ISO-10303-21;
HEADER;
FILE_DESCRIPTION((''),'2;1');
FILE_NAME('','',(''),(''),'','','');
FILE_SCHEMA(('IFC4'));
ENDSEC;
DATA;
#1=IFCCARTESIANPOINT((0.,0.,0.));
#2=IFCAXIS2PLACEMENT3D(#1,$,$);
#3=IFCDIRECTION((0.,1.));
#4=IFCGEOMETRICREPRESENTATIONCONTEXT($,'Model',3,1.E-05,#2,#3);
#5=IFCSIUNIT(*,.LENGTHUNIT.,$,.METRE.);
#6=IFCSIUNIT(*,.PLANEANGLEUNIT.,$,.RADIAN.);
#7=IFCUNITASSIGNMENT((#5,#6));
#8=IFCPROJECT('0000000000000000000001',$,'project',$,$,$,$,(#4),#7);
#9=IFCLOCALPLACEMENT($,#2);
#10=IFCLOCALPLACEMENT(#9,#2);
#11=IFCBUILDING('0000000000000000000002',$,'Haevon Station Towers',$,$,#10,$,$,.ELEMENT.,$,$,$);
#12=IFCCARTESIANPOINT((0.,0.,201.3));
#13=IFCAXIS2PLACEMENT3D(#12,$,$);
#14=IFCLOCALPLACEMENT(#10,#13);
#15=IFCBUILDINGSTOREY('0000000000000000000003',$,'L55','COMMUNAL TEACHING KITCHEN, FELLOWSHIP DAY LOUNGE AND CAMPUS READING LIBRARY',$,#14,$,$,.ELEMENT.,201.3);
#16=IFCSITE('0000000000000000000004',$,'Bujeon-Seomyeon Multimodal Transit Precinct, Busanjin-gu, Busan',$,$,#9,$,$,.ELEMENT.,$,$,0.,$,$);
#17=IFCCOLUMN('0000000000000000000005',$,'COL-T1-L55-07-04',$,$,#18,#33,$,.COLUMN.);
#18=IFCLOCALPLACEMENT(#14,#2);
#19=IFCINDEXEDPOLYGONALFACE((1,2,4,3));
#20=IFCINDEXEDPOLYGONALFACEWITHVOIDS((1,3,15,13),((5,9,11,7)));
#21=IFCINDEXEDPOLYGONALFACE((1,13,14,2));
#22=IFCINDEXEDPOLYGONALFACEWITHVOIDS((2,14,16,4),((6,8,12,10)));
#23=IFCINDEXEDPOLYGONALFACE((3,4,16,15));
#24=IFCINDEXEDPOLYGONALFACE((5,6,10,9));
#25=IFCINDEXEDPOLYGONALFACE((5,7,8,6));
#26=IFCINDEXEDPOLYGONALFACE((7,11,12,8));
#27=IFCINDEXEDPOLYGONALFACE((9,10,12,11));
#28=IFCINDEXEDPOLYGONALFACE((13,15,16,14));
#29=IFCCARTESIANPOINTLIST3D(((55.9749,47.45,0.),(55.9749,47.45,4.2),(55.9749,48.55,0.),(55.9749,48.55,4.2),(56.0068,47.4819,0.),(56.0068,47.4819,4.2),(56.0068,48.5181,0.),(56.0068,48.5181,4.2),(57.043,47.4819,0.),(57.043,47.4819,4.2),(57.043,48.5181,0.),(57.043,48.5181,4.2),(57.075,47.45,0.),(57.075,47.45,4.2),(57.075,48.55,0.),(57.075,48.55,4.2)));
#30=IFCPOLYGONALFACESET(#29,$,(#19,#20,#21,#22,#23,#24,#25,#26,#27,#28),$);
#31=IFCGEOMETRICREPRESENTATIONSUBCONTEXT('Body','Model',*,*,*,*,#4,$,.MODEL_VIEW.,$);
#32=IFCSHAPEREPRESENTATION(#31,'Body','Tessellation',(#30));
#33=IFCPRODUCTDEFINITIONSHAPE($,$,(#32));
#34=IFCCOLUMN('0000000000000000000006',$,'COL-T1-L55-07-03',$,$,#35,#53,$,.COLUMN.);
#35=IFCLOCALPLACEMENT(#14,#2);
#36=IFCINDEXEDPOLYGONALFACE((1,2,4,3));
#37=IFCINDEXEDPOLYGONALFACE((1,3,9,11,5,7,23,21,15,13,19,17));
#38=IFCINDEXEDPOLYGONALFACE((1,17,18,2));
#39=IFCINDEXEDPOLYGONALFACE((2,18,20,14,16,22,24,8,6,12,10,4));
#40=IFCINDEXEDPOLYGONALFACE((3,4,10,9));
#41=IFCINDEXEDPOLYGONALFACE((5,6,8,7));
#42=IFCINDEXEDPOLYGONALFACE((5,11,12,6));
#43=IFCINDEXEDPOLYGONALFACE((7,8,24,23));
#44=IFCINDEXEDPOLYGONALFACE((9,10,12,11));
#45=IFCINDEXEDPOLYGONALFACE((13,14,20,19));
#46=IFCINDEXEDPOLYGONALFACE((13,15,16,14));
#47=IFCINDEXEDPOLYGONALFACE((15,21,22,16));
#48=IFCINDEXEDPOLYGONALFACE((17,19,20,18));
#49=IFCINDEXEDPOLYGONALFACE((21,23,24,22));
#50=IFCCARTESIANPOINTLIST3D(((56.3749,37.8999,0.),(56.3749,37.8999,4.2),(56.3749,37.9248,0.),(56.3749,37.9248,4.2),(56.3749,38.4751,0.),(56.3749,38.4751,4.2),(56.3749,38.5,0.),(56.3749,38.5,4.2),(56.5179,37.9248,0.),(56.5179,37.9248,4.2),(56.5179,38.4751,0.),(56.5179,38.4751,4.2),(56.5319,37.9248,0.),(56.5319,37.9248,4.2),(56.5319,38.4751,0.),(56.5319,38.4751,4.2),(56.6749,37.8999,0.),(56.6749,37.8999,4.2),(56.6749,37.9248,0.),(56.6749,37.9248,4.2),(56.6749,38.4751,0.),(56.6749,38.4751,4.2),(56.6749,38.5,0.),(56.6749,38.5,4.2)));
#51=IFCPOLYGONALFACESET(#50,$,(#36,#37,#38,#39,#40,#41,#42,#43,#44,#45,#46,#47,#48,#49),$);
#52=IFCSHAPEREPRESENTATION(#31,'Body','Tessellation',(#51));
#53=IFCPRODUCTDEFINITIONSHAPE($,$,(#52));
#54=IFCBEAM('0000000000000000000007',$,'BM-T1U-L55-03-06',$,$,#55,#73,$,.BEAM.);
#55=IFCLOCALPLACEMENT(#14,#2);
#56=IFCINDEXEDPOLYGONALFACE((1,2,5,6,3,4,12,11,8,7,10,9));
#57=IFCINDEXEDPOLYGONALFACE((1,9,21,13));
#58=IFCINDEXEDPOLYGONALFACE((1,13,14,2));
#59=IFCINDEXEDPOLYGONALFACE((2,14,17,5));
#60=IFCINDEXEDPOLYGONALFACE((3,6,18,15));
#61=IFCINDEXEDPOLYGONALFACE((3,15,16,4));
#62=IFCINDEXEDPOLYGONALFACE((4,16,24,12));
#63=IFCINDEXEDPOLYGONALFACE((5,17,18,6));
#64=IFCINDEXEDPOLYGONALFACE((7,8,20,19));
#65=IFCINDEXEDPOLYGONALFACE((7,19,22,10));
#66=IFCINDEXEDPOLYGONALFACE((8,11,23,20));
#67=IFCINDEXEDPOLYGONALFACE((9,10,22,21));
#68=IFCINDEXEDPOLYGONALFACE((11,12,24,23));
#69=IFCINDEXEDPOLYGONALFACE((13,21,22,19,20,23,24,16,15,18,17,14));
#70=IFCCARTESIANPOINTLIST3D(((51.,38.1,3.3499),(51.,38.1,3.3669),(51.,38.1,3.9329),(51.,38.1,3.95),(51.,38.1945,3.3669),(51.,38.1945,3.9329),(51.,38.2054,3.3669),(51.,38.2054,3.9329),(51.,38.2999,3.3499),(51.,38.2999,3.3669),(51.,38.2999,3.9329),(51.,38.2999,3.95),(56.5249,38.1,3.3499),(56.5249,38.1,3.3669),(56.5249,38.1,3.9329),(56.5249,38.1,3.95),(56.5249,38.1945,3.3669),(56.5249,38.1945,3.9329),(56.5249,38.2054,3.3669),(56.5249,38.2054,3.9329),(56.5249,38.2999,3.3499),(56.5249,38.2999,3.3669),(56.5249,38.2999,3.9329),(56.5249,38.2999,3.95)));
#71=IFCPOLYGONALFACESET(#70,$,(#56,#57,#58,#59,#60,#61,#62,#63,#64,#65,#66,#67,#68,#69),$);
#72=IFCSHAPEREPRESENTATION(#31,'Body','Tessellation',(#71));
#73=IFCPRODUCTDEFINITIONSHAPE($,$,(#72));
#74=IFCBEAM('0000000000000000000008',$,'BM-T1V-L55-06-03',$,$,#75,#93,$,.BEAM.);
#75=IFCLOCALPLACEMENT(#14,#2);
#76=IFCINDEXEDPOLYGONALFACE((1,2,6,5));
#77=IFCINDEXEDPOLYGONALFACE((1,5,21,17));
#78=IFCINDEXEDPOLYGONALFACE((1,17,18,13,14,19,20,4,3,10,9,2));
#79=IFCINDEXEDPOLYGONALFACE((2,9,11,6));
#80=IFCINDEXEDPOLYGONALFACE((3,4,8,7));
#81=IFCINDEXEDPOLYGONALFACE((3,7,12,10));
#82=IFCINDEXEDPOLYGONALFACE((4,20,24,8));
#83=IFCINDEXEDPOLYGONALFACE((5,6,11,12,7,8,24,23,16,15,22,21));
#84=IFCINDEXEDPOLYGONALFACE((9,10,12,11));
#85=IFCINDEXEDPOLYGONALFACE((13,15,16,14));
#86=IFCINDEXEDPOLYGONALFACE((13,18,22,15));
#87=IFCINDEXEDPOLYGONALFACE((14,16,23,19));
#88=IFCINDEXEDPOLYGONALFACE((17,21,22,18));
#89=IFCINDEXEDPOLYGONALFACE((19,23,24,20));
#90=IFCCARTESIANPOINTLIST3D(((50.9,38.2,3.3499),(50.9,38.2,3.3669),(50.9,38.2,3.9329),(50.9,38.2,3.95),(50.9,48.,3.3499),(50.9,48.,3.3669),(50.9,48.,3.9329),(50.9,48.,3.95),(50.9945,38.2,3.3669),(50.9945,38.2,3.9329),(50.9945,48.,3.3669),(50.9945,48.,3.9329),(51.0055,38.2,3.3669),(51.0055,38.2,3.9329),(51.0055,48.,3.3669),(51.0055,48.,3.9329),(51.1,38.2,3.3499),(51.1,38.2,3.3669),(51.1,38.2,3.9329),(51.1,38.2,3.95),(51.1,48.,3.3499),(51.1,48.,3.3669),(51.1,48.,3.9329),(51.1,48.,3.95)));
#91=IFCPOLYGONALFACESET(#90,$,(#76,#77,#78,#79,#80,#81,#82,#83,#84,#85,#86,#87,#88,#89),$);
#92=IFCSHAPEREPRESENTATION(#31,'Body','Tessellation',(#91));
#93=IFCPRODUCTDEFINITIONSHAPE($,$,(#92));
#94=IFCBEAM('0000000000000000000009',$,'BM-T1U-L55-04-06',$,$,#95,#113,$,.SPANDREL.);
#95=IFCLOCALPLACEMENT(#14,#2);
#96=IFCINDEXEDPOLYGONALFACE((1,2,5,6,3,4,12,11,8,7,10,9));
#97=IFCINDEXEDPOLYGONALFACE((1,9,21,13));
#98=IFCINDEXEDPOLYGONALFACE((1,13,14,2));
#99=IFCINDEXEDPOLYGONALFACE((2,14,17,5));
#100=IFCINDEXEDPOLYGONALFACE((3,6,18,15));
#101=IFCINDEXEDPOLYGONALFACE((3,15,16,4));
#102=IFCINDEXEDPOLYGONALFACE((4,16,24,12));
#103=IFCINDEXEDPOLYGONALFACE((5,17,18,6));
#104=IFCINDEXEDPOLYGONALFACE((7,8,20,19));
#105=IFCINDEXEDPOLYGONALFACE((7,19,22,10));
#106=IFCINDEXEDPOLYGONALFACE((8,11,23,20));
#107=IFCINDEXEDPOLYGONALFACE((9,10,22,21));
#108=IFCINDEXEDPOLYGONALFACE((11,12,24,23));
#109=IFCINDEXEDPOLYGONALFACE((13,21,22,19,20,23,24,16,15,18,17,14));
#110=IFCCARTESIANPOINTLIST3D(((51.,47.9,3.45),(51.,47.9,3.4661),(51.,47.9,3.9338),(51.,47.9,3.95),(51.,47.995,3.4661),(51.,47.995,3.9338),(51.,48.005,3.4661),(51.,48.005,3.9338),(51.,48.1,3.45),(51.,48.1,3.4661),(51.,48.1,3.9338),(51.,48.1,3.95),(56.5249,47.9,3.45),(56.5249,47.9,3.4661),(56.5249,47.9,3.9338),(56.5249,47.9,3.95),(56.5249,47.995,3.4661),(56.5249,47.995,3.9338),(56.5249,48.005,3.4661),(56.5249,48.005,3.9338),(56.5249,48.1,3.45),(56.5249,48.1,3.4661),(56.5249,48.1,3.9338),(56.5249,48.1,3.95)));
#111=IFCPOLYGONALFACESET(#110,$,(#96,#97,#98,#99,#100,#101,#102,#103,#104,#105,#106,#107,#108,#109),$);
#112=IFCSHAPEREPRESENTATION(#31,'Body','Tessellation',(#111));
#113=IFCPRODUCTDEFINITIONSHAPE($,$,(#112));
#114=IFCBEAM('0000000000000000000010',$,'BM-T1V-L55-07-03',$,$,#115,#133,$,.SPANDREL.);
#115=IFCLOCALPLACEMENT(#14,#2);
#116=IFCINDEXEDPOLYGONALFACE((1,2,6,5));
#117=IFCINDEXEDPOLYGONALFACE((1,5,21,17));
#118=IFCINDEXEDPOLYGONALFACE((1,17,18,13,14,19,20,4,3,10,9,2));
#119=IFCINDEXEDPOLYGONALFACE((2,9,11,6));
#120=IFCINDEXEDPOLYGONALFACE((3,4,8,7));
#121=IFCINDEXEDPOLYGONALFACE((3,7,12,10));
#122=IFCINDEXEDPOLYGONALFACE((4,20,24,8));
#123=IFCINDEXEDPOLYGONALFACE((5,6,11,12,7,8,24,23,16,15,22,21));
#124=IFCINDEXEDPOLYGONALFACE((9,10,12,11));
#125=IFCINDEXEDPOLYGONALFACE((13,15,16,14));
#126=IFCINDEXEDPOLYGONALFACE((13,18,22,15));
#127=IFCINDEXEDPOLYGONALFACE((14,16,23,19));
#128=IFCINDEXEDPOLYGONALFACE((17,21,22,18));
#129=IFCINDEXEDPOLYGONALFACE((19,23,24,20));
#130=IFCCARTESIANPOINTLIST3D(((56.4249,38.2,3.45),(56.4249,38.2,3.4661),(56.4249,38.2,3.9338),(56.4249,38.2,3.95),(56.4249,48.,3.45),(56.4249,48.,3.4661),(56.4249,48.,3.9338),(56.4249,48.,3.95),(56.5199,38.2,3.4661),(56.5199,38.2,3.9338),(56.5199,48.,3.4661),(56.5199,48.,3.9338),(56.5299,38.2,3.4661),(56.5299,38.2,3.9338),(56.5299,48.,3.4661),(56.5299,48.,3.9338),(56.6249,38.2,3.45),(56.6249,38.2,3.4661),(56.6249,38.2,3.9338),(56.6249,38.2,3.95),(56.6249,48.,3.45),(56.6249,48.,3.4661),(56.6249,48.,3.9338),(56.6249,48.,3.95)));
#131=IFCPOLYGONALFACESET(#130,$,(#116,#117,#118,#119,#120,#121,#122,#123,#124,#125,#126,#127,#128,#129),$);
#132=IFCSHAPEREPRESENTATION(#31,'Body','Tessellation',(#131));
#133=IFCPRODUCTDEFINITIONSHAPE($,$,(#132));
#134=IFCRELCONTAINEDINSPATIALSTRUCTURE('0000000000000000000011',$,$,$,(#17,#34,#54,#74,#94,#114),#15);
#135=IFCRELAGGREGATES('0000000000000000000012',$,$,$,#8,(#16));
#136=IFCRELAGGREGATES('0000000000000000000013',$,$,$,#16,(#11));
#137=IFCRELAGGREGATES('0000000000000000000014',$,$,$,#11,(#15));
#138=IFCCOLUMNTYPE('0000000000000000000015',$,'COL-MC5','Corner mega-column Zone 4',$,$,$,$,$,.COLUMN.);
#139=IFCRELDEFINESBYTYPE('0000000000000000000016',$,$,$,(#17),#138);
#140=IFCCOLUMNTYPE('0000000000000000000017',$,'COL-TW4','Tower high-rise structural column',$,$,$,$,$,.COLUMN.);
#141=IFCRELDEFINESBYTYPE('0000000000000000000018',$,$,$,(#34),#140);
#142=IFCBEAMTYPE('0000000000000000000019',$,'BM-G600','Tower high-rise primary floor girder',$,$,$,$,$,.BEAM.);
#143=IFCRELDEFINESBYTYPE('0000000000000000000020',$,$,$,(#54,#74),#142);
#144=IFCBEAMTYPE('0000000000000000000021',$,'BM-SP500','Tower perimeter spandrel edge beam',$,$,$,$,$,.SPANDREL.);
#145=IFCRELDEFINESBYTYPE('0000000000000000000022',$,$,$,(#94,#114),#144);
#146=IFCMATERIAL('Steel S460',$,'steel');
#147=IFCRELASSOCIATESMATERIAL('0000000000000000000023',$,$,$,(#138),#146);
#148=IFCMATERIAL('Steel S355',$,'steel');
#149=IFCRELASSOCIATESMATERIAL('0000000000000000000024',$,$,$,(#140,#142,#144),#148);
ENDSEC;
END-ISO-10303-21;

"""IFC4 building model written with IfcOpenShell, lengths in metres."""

from ifc_helpers import new_model, si_unit, direction, frame, origin, origin_2d, place, context, subcontext, project, spatial, hollow_rectangle, i_section, extrude, material, material_profile, profile_set, type_object, element, save


model = new_model("IFC4")

# Units and contexts
model_context = context("Model", 3, precision=1e-05, world=origin(), true_north=direction((0.0, 1.0)))
body_context = subcontext(model_context, "Body", "Model", "MODEL_VIEW")
ifc_project = project(units=[si_unit("LENGTHUNIT", "METRE"), si_unit("PLANEANGLEUNIT", "RADIAN")], contexts=[model_context])

# Site, building, storey
site_placement = place(None, origin())
site = spatial("IfcSite", under=ifc_project, at=site_placement, Name="Bujeon-Seomyeon Multimodal Transit Precinct, Busanjin-gu, Busan", CompositionType="ELEMENT", RefElevation=0.0)
building_placement = place(site_placement, origin())
building = spatial("IfcBuilding", under=site, at=building_placement, Name="Haevon Station Towers", CompositionType="ELEMENT")
storey_placement = place(building_placement, frame((0.0, 0.0, 201.3)))
storey = spatial("IfcBuildingStorey", under=building, at=storey_placement, Name="L55", Description="COMMUNAL TEACHING KITCHEN, FELLOWSHIP DAY LOUNGE AND CAMPUS READING LIBRARY", CompositionType="ELEMENT", Elevation=201.3)

# Columns
ifc_material_1 = material(Name="Steel S460", Category="steel")
ifc_material_profile_1 = material_profile(ifc_material_1, hollow_rectangle(XDim=1.1001, YDim=1.1001, WallThickness=0.032, at=origin_2d()), Name="BOX-1100x1100x32")
ifc_profile_set_1 = profile_set([ifc_material_profile_1], Name="Steel S460")
column_type_1 = type_object("IfcColumnType", Name="COL-MC5", Description="Corner mega-column Zone 4", PredefinedType="COLUMN", material=ifc_profile_set_1)
column_1_placement = place(storey_placement, frame((56.5249, 48.0, 0.0), z_axis=(0.0, 0.0, 1.0), x_axis=(1.0, 0.0, 0.0)))
element("IfcColumn", 1, at=column_1_placement, inside=storey, type_object=column_type_1, Name="COL-T1-L55-07-04", PredefinedType="COLUMN", context=body_context, shape_type="SweptSolid", body=[
    extrude(hollow_rectangle(XDim=1.1001, YDim=1.1001, WallThickness=0.032, at=origin_2d()), origin(), (0.0, 0.0, 1.0), 4.2),
])
ifc_material_2 = material(Name="Steel S355", Category="steel")
ifc_material_profile_2 = material_profile(ifc_material_2, i_section(OverallWidth=0.3, OverallDepth=0.6001, WebThickness=0.0139, FlangeThickness=0.0249, at=origin_2d()), Name="H-600x300x14x25")
ifc_profile_set_2 = profile_set([ifc_material_profile_2], Name="Steel S355")
column_type_2 = type_object("IfcColumnType", Name="COL-TW4", Description="Tower high-rise structural column", PredefinedType="COLUMN", material=ifc_profile_set_2)
column_2_placement = place(storey_placement, frame((56.5249, 38.2, 0.0), z_axis=(0.0, 0.0, 1.0), x_axis=(1.0, 0.0, 0.0)))
element("IfcColumn", 2, at=column_2_placement, inside=storey, type_object=column_type_2, Name="COL-T1-L55-07-03", PredefinedType="COLUMN", context=body_context, shape_type="SweptSolid", body=[
    extrude(i_section(OverallWidth=0.3, OverallDepth=0.6001, WebThickness=0.0139, FlangeThickness=0.0249, at=origin_2d()), origin(), (0.0, 0.0, 1.0), 4.2),
])

# Beams
ifc_material_profile_3 = material_profile(ifc_material_2, i_section(OverallWidth=0.2, OverallDepth=0.6001, WebThickness=0.011, FlangeThickness=0.0171, at=origin_2d()), Name="H-600x200x11x17")
ifc_profile_set_3 = profile_set([ifc_material_profile_3], Name="Steel S355")
beam_type_1 = type_object("IfcBeamType", Name="BM-G600", Description="Tower high-rise primary floor girder", PredefinedType="BEAM", material=ifc_profile_set_3)
beam_1_placement = place(storey_placement, frame((51.0, 38.2, 3.6499), z_axis=(1.0, 0.0, 0.0), x_axis=(0.0, 1.0, 0.0)))
element("IfcBeam", 3, at=beam_1_placement, inside=storey, type_object=beam_type_1, Name="BM-T1U-L55-03-06", PredefinedType="BEAM", context=body_context, shape_type="SweptSolid", body=[
    extrude(i_section(OverallWidth=0.2, OverallDepth=0.6001, WebThickness=0.011, FlangeThickness=0.0171, at=origin_2d()), origin(), (0.0, 0.0, 1.0), 5.5249),
])
beam_2_placement = place(storey_placement, frame((51.0, 38.2, 3.6499), z_axis=(0.0, 1.0, 0.0), x_axis=(-1.0, 0.0, 0.0)))
element("IfcBeam", 4, at=beam_2_placement, inside=storey, type_object=beam_type_1, Name="BM-T1V-L55-06-03", PredefinedType="BEAM", context=body_context, shape_type="SweptSolid", body=[
    extrude(i_section(OverallWidth=0.2, OverallDepth=0.6001, WebThickness=0.011, FlangeThickness=0.0171, at=origin_2d()), origin(), (0.0, 0.0, 1.0), 9.8),
])
ifc_material_profile_4 = material_profile(ifc_material_2, i_section(OverallWidth=0.2, OverallDepth=0.5, WebThickness=0.01, FlangeThickness=0.0161, at=origin_2d()), Name="H-500x200x10x16")
ifc_profile_set_4 = profile_set([ifc_material_profile_4], Name="Steel S355")
beam_type_2 = type_object("IfcBeamType", Name="BM-SP500", Description="Tower perimeter spandrel edge beam", PredefinedType="SPANDREL", material=ifc_profile_set_4)
beam_3_placement = place(storey_placement, frame((51.0, 48.0, 3.7), z_axis=(1.0, 0.0, 0.0), x_axis=(0.0, 1.0, 0.0)))
element("IfcBeam", 5, at=beam_3_placement, inside=storey, type_object=beam_type_2, Name="BM-T1U-L55-04-06", PredefinedType="SPANDREL", context=body_context, shape_type="SweptSolid", body=[
    extrude(i_section(OverallWidth=0.2, OverallDepth=0.5, WebThickness=0.01, FlangeThickness=0.0161, at=origin_2d()), origin(), (0.0, 0.0, 1.0), 5.5249),
])
beam_4_placement = place(storey_placement, frame((56.5249, 38.2, 3.7), z_axis=(0.0, 1.0, 0.0), x_axis=(-1.0, 0.0, 0.0)))
element("IfcBeam", 6, at=beam_4_placement, inside=storey, type_object=beam_type_2, Name="BM-T1V-L55-07-03", PredefinedType="SPANDREL", context=body_context, shape_type="SweptSolid", body=[
    extrude(i_section(OverallWidth=0.2, OverallDepth=0.5, WebThickness=0.01, FlangeThickness=0.0161, at=origin_2d()), origin(), (0.0, 0.0, 1.0), 9.8),
])

save(model, "model.ifc")
